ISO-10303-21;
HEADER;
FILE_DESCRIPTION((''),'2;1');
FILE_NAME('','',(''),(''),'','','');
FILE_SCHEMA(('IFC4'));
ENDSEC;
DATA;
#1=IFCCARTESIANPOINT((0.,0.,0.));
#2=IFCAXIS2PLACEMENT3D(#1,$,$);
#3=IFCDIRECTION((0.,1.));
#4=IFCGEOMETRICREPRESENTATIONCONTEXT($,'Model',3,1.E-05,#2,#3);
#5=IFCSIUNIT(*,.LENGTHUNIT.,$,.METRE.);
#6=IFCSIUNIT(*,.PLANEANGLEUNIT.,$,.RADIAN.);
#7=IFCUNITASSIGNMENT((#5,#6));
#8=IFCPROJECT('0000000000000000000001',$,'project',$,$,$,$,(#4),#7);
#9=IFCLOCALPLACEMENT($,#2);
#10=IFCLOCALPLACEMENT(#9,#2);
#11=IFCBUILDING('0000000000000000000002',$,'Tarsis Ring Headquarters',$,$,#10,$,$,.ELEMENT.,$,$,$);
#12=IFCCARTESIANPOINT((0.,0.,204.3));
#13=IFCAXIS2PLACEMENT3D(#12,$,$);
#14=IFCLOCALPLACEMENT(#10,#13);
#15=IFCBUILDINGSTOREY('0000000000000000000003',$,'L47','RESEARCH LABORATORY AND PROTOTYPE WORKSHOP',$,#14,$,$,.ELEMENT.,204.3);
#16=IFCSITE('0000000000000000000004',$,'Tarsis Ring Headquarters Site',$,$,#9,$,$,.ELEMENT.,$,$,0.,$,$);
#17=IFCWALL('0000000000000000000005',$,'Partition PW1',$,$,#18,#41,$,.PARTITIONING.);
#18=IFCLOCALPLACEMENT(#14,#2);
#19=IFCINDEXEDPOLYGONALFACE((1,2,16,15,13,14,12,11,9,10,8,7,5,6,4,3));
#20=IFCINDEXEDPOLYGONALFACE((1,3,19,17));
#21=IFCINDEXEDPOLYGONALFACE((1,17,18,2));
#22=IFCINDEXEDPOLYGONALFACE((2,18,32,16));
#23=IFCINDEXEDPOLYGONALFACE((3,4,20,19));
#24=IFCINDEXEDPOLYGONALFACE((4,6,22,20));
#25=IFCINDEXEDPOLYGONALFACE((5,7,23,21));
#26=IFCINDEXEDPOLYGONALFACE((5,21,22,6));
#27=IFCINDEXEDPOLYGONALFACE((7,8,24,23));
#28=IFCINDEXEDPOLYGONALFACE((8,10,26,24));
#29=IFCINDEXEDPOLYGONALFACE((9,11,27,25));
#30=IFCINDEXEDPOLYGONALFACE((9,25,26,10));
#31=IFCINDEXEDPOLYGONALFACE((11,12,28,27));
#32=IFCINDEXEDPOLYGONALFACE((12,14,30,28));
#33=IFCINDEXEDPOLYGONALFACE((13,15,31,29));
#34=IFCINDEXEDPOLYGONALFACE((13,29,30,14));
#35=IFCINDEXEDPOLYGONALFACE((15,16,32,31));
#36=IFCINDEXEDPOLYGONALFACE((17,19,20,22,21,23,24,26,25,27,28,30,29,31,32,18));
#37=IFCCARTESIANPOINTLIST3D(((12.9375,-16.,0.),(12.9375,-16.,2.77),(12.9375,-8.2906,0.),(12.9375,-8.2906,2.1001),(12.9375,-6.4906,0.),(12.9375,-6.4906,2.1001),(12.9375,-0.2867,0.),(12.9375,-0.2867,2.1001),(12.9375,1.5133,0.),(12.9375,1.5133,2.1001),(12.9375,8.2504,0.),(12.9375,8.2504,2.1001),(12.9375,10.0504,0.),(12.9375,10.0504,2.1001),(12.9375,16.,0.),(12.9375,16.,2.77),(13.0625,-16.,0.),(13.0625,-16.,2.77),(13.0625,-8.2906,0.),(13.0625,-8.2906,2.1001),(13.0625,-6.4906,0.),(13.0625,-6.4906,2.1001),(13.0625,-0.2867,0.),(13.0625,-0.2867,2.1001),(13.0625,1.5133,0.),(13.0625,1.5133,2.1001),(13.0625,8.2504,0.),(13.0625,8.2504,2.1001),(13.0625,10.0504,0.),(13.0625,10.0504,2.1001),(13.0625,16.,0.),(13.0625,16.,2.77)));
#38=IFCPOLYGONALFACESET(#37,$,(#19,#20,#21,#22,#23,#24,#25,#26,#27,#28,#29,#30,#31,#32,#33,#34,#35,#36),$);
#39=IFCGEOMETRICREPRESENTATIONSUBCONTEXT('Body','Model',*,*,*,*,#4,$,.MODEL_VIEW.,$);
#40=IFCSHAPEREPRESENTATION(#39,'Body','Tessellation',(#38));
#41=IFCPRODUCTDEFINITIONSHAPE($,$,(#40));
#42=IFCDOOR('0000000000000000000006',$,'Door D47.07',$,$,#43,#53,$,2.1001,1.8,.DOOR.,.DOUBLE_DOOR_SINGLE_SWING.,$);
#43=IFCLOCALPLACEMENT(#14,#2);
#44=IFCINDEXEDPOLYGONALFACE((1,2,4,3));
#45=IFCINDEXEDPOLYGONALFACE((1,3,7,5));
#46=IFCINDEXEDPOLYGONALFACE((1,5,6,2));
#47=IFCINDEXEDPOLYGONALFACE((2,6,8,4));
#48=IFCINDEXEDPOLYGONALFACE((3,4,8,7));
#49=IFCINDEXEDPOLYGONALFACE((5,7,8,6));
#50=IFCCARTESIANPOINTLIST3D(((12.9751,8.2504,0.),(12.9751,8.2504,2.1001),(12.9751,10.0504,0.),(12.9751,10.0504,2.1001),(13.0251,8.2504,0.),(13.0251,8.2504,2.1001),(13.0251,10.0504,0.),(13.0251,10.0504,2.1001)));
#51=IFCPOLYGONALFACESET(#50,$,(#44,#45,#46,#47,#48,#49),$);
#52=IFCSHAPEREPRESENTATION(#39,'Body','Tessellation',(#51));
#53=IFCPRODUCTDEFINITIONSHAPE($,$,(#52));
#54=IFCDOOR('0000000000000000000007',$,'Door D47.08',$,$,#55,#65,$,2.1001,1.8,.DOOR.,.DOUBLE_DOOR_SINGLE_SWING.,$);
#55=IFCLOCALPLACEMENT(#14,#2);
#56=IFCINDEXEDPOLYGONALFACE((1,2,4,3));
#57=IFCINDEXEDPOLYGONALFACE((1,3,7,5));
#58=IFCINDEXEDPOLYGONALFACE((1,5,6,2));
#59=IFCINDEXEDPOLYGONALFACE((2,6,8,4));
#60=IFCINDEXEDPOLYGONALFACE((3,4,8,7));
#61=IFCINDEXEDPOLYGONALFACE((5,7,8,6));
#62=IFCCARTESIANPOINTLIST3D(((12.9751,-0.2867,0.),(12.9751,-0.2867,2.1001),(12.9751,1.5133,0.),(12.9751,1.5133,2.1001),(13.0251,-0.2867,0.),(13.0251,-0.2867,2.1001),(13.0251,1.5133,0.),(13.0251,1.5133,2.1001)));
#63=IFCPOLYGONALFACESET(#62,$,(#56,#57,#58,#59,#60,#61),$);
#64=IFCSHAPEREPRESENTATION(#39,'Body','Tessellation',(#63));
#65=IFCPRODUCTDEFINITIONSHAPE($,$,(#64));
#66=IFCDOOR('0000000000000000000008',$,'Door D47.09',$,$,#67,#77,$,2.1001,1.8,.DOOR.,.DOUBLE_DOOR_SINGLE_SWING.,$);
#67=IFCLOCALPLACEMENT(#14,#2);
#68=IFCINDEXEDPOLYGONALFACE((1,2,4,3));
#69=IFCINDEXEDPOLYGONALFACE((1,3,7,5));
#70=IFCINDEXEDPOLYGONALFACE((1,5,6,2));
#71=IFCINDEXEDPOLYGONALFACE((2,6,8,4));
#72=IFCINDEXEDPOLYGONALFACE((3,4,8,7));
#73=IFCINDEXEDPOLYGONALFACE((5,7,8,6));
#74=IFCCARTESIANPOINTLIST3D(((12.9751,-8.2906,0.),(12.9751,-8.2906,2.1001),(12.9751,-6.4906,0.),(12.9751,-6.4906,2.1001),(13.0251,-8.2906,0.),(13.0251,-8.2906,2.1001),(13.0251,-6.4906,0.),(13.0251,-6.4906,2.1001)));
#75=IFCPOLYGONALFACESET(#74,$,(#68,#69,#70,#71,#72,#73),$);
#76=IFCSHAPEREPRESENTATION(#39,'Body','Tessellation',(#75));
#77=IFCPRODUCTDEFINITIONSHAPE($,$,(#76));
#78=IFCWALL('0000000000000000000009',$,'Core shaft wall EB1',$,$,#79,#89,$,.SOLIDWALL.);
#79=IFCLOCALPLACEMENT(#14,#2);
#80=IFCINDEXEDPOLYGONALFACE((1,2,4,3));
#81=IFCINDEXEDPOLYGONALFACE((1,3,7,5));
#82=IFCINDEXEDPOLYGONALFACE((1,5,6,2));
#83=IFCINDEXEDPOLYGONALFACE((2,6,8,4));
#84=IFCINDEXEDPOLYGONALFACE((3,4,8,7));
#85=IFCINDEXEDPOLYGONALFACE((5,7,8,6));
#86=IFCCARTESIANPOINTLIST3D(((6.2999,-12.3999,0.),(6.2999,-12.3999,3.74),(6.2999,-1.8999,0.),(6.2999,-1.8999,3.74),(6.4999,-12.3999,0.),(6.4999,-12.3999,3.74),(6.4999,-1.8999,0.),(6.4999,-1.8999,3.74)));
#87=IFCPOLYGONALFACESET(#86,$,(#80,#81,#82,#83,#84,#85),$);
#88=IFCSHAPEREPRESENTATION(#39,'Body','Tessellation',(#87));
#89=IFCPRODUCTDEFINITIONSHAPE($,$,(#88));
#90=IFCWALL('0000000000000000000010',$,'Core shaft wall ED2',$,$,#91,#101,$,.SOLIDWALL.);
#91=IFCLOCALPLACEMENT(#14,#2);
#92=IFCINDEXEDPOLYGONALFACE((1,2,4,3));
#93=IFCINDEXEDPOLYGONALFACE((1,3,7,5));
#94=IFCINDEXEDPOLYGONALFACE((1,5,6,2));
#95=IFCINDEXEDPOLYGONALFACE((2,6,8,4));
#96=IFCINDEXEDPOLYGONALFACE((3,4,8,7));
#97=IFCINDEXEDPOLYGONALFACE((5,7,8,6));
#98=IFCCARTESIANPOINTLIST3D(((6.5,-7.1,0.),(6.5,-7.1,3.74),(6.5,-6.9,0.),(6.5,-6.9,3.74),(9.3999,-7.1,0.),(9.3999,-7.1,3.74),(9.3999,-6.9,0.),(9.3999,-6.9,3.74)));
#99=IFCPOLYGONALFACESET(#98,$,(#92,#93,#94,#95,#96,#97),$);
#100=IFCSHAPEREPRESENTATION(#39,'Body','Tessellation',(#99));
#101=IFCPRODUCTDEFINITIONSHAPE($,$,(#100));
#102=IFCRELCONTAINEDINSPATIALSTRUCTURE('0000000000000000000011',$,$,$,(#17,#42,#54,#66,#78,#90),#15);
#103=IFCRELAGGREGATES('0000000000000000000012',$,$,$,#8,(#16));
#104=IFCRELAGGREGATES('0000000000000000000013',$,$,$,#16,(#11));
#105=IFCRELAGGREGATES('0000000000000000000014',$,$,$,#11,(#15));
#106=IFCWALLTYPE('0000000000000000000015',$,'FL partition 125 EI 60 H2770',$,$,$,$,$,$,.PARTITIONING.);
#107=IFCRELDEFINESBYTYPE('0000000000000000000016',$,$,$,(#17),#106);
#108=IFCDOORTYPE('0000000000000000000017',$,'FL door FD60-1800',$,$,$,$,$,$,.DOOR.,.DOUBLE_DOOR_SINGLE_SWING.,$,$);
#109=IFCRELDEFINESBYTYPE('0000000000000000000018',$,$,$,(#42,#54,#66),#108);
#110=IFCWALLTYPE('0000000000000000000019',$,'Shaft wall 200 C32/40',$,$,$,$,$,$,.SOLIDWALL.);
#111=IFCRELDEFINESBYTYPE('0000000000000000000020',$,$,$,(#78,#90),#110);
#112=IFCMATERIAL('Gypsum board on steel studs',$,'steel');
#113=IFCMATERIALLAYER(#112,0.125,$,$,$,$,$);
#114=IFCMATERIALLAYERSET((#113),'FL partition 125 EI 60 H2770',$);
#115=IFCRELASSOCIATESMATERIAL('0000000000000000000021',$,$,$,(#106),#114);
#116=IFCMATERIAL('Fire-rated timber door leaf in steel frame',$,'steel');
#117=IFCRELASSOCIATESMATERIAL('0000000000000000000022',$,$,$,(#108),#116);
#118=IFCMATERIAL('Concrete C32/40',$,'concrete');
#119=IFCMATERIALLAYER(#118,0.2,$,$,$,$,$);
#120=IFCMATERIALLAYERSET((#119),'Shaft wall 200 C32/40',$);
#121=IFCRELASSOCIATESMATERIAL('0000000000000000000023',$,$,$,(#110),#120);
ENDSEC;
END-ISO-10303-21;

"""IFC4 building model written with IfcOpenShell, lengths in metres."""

from ifc_helpers import new_model, si_unit, direction, frame, frame_2d, origin, place, context, subcontext, project, spatial, rectangle, extrude, material, layer, layer_set, type_object, element, fill, save


model = new_model("IFC4")

# Units and contexts
model_context = context("Model", 3, precision=1e-05, world=origin(), true_north=direction((0.0, 1.0)))
body_context = subcontext(model_context, "Body", "Model", "MODEL_VIEW")
ifc_project = project(units=[si_unit("LENGTHUNIT", "METRE"), si_unit("PLANEANGLEUNIT", "RADIAN")], contexts=[model_context])

# Site, building, storey
site_placement = place(None, origin())
site = spatial("IfcSite", under=ifc_project, at=site_placement, Name="Tarsis Ring Headquarters Site", CompositionType="ELEMENT", RefElevation=0.0)
building_placement = place(site_placement, origin())
building = spatial("IfcBuilding", under=site, at=building_placement, Name="Tarsis Ring Headquarters", CompositionType="ELEMENT")
storey_placement = place(building_placement, frame((0.0, 0.0, 204.3)))
storey = spatial("IfcBuildingStorey", under=building, at=storey_placement, Name="L47", Description="RESEARCH LABORATORY AND PROTOTYPE WORKSHOP", CompositionType="ELEMENT", Elevation=204.3)

# Shared definitions
ifc_material_1 = material(Name="Gypsum board on steel studs", Category="steel")

# Wall, openings, doors
ifc_layer_1 = layer(ifc_material_1, 0.125)
ifc_layer_set_1 = layer_set([ifc_layer_1], Name="FL partition 125 EI 60 H2770")
wall_type_1 = type_object("IfcWallType", Name="FL partition 125 EI 60 H2770", PredefinedType="PARTITIONING", material=ifc_layer_set_1)
wall_1_placement = place(storey_placement, frame((13.0, -16.0, 0.0), z_axis=(0.0, 0.0, 1.0), x_axis=(0.0, 1.0, 0.0)))
wall_1 = element("IfcWall", 1, at=wall_1_placement, inside=storey, type_object=wall_type_1, Name="Partition PW1", PredefinedType="PARTITIONING", context=body_context, shape_type="SweptSolid", body=[
    extrude(rectangle(XDim=32.0, YDim=0.125, at=frame_2d((16.0, 0.0))), origin(), (0.0, 0.0, 1.0), 2.77),
])
opening_1_placement = place(wall_1_placement, frame((24.2505, 0.0, 0.0)))
opening_1 = element("IfcOpeningElement", 2, at=opening_1_placement, cuts=wall_1, PredefinedType="OPENING", context=body_context, shape_type="SweptSolid", body=[
    extrude(rectangle(XDim=1.8, YDim=2.1001, at=frame_2d((0.8999, 1.05))), frame((0.0, 0.0725, 0.0), z_axis=(0.0, -1.0, 0.0), x_axis=(1.0, 0.0, 0.0)), (0.0, 0.0, 1.0), 0.145),
])
opening_2_placement = place(wall_1_placement, frame((15.7134, 0.0, 0.0)))
opening_2 = element("IfcOpeningElement", 3, at=opening_2_placement, cuts=wall_1, PredefinedType="OPENING", context=body_context, shape_type="SweptSolid", body=[
    extrude(rectangle(XDim=1.8, YDim=2.1001, at=frame_2d((0.8999, 1.05))), frame((0.0, 0.0725, 0.0), z_axis=(0.0, -1.0, 0.0), x_axis=(1.0, 0.0, 0.0)), (0.0, 0.0, 1.0), 0.145),
])
opening_3_placement = place(wall_1_placement, frame((7.7095, 0.0, 0.0)))
opening_3 = element("IfcOpeningElement", 4, at=opening_3_placement, cuts=wall_1, PredefinedType="OPENING", context=body_context, shape_type="SweptSolid", body=[
    extrude(rectangle(XDim=1.8, YDim=2.1001, at=frame_2d((0.8999, 1.05))), frame((0.0, 0.0725, 0.0), z_axis=(0.0, -1.0, 0.0), x_axis=(1.0, 0.0, 0.0)), (0.0, 0.0, 1.0), 0.145),
])
ifc_material_2 = material(Name="Fire-rated timber door leaf in steel frame", Category="steel")
door_type_1 = type_object("IfcDoorType", Name="FL door FD60-1800", OperationType="DOUBLE_DOOR_SINGLE_SWING", PredefinedType="DOOR", material=ifc_material_2)
door_1_placement = place(opening_1_placement, origin())
door_1 = element("IfcDoor", 5, at=door_1_placement, inside=storey, type_object=door_type_1, Name="Door D47.07", OperationType="DOUBLE_DOOR_SINGLE_SWING", OverallHeight=2.1001, OverallWidth=1.8, PredefinedType="DOOR", context=body_context, shape_type="SweptSolid", body=[
    extrude(rectangle(XDim=1.8, YDim=2.1001, at=frame_2d((0.8999, 1.05))), frame((0.0, 0.0249, 0.0), z_axis=(0.0, -1.0, 0.0), x_axis=(1.0, 0.0, 0.0)), (0.0, 0.0, 1.0), 0.05),
])
fill(opening_1, door_1)
door_2_placement = place(opening_2_placement, origin())
door_2 = element("IfcDoor", 6, at=door_2_placement, inside=storey, type_object=door_type_1, Name="Door D47.08", OperationType="DOUBLE_DOOR_SINGLE_SWING", OverallHeight=2.1001, OverallWidth=1.8, PredefinedType="DOOR", context=body_context, shape_type="SweptSolid", body=[
    extrude(rectangle(XDim=1.8, YDim=2.1001, at=frame_2d((0.8999, 1.05))), frame((0.0, 0.0249, 0.0), z_axis=(0.0, -1.0, 0.0), x_axis=(1.0, 0.0, 0.0)), (0.0, 0.0, 1.0), 0.05),
])
fill(opening_2, door_2)
door_3_placement = place(opening_3_placement, origin())
door_3 = element("IfcDoor", 7, at=door_3_placement, inside=storey, type_object=door_type_1, Name="Door D47.09", OperationType="DOUBLE_DOOR_SINGLE_SWING", OverallHeight=2.1001, OverallWidth=1.8, PredefinedType="DOOR", context=body_context, shape_type="SweptSolid", body=[
    extrude(rectangle(XDim=1.8, YDim=2.1001, at=frame_2d((0.8999, 1.05))), frame((0.0, 0.0249, 0.0), z_axis=(0.0, -1.0, 0.0), x_axis=(1.0, 0.0, 0.0)), (0.0, 0.0, 1.0), 0.05),
])
fill(opening_3, door_3)

# Walls
ifc_material_3 = material(Name="Concrete C32/40", Category="concrete")
ifc_layer_2 = layer(ifc_material_3, 0.2)
ifc_layer_set_2 = layer_set([ifc_layer_2], Name="Shaft wall 200 C32/40")
wall_type_2 = type_object("IfcWallType", Name="Shaft wall 200 C32/40", PredefinedType="SOLIDWALL", material=ifc_layer_set_2)
wall_2_placement = place(storey_placement, frame((6.3999, -12.3999, 0.0), z_axis=(0.0, 0.0, 1.0), x_axis=(0.0, 1.0, 0.0)))
element("IfcWall", 8, at=wall_2_placement, inside=storey, type_object=wall_type_2, Name="Core shaft wall EB1", PredefinedType="SOLIDWALL", context=body_context, shape_type="SweptSolid", body=[
    extrude(rectangle(XDim=10.5, YDim=0.2, at=frame_2d((5.25, 0.0))), origin(), (0.0, 0.0, 1.0), 3.74),
])
wall_3_placement = place(storey_placement, frame((6.5, -7.0, 0.0), z_axis=(0.0, 0.0, 1.0), x_axis=(1.0, 0.0, 0.0)))
element("IfcWall", 9, at=wall_3_placement, inside=storey, type_object=wall_type_2, Name="Core shaft wall ED2", PredefinedType="SOLIDWALL", context=body_context, shape_type="SweptSolid", body=[
    extrude(rectangle(XDim=2.8999, YDim=0.2, at=frame_2d((1.45, 0.0))), origin(), (0.0, 0.0, 1.0), 3.74),
])

save(model, "model.ifc")
